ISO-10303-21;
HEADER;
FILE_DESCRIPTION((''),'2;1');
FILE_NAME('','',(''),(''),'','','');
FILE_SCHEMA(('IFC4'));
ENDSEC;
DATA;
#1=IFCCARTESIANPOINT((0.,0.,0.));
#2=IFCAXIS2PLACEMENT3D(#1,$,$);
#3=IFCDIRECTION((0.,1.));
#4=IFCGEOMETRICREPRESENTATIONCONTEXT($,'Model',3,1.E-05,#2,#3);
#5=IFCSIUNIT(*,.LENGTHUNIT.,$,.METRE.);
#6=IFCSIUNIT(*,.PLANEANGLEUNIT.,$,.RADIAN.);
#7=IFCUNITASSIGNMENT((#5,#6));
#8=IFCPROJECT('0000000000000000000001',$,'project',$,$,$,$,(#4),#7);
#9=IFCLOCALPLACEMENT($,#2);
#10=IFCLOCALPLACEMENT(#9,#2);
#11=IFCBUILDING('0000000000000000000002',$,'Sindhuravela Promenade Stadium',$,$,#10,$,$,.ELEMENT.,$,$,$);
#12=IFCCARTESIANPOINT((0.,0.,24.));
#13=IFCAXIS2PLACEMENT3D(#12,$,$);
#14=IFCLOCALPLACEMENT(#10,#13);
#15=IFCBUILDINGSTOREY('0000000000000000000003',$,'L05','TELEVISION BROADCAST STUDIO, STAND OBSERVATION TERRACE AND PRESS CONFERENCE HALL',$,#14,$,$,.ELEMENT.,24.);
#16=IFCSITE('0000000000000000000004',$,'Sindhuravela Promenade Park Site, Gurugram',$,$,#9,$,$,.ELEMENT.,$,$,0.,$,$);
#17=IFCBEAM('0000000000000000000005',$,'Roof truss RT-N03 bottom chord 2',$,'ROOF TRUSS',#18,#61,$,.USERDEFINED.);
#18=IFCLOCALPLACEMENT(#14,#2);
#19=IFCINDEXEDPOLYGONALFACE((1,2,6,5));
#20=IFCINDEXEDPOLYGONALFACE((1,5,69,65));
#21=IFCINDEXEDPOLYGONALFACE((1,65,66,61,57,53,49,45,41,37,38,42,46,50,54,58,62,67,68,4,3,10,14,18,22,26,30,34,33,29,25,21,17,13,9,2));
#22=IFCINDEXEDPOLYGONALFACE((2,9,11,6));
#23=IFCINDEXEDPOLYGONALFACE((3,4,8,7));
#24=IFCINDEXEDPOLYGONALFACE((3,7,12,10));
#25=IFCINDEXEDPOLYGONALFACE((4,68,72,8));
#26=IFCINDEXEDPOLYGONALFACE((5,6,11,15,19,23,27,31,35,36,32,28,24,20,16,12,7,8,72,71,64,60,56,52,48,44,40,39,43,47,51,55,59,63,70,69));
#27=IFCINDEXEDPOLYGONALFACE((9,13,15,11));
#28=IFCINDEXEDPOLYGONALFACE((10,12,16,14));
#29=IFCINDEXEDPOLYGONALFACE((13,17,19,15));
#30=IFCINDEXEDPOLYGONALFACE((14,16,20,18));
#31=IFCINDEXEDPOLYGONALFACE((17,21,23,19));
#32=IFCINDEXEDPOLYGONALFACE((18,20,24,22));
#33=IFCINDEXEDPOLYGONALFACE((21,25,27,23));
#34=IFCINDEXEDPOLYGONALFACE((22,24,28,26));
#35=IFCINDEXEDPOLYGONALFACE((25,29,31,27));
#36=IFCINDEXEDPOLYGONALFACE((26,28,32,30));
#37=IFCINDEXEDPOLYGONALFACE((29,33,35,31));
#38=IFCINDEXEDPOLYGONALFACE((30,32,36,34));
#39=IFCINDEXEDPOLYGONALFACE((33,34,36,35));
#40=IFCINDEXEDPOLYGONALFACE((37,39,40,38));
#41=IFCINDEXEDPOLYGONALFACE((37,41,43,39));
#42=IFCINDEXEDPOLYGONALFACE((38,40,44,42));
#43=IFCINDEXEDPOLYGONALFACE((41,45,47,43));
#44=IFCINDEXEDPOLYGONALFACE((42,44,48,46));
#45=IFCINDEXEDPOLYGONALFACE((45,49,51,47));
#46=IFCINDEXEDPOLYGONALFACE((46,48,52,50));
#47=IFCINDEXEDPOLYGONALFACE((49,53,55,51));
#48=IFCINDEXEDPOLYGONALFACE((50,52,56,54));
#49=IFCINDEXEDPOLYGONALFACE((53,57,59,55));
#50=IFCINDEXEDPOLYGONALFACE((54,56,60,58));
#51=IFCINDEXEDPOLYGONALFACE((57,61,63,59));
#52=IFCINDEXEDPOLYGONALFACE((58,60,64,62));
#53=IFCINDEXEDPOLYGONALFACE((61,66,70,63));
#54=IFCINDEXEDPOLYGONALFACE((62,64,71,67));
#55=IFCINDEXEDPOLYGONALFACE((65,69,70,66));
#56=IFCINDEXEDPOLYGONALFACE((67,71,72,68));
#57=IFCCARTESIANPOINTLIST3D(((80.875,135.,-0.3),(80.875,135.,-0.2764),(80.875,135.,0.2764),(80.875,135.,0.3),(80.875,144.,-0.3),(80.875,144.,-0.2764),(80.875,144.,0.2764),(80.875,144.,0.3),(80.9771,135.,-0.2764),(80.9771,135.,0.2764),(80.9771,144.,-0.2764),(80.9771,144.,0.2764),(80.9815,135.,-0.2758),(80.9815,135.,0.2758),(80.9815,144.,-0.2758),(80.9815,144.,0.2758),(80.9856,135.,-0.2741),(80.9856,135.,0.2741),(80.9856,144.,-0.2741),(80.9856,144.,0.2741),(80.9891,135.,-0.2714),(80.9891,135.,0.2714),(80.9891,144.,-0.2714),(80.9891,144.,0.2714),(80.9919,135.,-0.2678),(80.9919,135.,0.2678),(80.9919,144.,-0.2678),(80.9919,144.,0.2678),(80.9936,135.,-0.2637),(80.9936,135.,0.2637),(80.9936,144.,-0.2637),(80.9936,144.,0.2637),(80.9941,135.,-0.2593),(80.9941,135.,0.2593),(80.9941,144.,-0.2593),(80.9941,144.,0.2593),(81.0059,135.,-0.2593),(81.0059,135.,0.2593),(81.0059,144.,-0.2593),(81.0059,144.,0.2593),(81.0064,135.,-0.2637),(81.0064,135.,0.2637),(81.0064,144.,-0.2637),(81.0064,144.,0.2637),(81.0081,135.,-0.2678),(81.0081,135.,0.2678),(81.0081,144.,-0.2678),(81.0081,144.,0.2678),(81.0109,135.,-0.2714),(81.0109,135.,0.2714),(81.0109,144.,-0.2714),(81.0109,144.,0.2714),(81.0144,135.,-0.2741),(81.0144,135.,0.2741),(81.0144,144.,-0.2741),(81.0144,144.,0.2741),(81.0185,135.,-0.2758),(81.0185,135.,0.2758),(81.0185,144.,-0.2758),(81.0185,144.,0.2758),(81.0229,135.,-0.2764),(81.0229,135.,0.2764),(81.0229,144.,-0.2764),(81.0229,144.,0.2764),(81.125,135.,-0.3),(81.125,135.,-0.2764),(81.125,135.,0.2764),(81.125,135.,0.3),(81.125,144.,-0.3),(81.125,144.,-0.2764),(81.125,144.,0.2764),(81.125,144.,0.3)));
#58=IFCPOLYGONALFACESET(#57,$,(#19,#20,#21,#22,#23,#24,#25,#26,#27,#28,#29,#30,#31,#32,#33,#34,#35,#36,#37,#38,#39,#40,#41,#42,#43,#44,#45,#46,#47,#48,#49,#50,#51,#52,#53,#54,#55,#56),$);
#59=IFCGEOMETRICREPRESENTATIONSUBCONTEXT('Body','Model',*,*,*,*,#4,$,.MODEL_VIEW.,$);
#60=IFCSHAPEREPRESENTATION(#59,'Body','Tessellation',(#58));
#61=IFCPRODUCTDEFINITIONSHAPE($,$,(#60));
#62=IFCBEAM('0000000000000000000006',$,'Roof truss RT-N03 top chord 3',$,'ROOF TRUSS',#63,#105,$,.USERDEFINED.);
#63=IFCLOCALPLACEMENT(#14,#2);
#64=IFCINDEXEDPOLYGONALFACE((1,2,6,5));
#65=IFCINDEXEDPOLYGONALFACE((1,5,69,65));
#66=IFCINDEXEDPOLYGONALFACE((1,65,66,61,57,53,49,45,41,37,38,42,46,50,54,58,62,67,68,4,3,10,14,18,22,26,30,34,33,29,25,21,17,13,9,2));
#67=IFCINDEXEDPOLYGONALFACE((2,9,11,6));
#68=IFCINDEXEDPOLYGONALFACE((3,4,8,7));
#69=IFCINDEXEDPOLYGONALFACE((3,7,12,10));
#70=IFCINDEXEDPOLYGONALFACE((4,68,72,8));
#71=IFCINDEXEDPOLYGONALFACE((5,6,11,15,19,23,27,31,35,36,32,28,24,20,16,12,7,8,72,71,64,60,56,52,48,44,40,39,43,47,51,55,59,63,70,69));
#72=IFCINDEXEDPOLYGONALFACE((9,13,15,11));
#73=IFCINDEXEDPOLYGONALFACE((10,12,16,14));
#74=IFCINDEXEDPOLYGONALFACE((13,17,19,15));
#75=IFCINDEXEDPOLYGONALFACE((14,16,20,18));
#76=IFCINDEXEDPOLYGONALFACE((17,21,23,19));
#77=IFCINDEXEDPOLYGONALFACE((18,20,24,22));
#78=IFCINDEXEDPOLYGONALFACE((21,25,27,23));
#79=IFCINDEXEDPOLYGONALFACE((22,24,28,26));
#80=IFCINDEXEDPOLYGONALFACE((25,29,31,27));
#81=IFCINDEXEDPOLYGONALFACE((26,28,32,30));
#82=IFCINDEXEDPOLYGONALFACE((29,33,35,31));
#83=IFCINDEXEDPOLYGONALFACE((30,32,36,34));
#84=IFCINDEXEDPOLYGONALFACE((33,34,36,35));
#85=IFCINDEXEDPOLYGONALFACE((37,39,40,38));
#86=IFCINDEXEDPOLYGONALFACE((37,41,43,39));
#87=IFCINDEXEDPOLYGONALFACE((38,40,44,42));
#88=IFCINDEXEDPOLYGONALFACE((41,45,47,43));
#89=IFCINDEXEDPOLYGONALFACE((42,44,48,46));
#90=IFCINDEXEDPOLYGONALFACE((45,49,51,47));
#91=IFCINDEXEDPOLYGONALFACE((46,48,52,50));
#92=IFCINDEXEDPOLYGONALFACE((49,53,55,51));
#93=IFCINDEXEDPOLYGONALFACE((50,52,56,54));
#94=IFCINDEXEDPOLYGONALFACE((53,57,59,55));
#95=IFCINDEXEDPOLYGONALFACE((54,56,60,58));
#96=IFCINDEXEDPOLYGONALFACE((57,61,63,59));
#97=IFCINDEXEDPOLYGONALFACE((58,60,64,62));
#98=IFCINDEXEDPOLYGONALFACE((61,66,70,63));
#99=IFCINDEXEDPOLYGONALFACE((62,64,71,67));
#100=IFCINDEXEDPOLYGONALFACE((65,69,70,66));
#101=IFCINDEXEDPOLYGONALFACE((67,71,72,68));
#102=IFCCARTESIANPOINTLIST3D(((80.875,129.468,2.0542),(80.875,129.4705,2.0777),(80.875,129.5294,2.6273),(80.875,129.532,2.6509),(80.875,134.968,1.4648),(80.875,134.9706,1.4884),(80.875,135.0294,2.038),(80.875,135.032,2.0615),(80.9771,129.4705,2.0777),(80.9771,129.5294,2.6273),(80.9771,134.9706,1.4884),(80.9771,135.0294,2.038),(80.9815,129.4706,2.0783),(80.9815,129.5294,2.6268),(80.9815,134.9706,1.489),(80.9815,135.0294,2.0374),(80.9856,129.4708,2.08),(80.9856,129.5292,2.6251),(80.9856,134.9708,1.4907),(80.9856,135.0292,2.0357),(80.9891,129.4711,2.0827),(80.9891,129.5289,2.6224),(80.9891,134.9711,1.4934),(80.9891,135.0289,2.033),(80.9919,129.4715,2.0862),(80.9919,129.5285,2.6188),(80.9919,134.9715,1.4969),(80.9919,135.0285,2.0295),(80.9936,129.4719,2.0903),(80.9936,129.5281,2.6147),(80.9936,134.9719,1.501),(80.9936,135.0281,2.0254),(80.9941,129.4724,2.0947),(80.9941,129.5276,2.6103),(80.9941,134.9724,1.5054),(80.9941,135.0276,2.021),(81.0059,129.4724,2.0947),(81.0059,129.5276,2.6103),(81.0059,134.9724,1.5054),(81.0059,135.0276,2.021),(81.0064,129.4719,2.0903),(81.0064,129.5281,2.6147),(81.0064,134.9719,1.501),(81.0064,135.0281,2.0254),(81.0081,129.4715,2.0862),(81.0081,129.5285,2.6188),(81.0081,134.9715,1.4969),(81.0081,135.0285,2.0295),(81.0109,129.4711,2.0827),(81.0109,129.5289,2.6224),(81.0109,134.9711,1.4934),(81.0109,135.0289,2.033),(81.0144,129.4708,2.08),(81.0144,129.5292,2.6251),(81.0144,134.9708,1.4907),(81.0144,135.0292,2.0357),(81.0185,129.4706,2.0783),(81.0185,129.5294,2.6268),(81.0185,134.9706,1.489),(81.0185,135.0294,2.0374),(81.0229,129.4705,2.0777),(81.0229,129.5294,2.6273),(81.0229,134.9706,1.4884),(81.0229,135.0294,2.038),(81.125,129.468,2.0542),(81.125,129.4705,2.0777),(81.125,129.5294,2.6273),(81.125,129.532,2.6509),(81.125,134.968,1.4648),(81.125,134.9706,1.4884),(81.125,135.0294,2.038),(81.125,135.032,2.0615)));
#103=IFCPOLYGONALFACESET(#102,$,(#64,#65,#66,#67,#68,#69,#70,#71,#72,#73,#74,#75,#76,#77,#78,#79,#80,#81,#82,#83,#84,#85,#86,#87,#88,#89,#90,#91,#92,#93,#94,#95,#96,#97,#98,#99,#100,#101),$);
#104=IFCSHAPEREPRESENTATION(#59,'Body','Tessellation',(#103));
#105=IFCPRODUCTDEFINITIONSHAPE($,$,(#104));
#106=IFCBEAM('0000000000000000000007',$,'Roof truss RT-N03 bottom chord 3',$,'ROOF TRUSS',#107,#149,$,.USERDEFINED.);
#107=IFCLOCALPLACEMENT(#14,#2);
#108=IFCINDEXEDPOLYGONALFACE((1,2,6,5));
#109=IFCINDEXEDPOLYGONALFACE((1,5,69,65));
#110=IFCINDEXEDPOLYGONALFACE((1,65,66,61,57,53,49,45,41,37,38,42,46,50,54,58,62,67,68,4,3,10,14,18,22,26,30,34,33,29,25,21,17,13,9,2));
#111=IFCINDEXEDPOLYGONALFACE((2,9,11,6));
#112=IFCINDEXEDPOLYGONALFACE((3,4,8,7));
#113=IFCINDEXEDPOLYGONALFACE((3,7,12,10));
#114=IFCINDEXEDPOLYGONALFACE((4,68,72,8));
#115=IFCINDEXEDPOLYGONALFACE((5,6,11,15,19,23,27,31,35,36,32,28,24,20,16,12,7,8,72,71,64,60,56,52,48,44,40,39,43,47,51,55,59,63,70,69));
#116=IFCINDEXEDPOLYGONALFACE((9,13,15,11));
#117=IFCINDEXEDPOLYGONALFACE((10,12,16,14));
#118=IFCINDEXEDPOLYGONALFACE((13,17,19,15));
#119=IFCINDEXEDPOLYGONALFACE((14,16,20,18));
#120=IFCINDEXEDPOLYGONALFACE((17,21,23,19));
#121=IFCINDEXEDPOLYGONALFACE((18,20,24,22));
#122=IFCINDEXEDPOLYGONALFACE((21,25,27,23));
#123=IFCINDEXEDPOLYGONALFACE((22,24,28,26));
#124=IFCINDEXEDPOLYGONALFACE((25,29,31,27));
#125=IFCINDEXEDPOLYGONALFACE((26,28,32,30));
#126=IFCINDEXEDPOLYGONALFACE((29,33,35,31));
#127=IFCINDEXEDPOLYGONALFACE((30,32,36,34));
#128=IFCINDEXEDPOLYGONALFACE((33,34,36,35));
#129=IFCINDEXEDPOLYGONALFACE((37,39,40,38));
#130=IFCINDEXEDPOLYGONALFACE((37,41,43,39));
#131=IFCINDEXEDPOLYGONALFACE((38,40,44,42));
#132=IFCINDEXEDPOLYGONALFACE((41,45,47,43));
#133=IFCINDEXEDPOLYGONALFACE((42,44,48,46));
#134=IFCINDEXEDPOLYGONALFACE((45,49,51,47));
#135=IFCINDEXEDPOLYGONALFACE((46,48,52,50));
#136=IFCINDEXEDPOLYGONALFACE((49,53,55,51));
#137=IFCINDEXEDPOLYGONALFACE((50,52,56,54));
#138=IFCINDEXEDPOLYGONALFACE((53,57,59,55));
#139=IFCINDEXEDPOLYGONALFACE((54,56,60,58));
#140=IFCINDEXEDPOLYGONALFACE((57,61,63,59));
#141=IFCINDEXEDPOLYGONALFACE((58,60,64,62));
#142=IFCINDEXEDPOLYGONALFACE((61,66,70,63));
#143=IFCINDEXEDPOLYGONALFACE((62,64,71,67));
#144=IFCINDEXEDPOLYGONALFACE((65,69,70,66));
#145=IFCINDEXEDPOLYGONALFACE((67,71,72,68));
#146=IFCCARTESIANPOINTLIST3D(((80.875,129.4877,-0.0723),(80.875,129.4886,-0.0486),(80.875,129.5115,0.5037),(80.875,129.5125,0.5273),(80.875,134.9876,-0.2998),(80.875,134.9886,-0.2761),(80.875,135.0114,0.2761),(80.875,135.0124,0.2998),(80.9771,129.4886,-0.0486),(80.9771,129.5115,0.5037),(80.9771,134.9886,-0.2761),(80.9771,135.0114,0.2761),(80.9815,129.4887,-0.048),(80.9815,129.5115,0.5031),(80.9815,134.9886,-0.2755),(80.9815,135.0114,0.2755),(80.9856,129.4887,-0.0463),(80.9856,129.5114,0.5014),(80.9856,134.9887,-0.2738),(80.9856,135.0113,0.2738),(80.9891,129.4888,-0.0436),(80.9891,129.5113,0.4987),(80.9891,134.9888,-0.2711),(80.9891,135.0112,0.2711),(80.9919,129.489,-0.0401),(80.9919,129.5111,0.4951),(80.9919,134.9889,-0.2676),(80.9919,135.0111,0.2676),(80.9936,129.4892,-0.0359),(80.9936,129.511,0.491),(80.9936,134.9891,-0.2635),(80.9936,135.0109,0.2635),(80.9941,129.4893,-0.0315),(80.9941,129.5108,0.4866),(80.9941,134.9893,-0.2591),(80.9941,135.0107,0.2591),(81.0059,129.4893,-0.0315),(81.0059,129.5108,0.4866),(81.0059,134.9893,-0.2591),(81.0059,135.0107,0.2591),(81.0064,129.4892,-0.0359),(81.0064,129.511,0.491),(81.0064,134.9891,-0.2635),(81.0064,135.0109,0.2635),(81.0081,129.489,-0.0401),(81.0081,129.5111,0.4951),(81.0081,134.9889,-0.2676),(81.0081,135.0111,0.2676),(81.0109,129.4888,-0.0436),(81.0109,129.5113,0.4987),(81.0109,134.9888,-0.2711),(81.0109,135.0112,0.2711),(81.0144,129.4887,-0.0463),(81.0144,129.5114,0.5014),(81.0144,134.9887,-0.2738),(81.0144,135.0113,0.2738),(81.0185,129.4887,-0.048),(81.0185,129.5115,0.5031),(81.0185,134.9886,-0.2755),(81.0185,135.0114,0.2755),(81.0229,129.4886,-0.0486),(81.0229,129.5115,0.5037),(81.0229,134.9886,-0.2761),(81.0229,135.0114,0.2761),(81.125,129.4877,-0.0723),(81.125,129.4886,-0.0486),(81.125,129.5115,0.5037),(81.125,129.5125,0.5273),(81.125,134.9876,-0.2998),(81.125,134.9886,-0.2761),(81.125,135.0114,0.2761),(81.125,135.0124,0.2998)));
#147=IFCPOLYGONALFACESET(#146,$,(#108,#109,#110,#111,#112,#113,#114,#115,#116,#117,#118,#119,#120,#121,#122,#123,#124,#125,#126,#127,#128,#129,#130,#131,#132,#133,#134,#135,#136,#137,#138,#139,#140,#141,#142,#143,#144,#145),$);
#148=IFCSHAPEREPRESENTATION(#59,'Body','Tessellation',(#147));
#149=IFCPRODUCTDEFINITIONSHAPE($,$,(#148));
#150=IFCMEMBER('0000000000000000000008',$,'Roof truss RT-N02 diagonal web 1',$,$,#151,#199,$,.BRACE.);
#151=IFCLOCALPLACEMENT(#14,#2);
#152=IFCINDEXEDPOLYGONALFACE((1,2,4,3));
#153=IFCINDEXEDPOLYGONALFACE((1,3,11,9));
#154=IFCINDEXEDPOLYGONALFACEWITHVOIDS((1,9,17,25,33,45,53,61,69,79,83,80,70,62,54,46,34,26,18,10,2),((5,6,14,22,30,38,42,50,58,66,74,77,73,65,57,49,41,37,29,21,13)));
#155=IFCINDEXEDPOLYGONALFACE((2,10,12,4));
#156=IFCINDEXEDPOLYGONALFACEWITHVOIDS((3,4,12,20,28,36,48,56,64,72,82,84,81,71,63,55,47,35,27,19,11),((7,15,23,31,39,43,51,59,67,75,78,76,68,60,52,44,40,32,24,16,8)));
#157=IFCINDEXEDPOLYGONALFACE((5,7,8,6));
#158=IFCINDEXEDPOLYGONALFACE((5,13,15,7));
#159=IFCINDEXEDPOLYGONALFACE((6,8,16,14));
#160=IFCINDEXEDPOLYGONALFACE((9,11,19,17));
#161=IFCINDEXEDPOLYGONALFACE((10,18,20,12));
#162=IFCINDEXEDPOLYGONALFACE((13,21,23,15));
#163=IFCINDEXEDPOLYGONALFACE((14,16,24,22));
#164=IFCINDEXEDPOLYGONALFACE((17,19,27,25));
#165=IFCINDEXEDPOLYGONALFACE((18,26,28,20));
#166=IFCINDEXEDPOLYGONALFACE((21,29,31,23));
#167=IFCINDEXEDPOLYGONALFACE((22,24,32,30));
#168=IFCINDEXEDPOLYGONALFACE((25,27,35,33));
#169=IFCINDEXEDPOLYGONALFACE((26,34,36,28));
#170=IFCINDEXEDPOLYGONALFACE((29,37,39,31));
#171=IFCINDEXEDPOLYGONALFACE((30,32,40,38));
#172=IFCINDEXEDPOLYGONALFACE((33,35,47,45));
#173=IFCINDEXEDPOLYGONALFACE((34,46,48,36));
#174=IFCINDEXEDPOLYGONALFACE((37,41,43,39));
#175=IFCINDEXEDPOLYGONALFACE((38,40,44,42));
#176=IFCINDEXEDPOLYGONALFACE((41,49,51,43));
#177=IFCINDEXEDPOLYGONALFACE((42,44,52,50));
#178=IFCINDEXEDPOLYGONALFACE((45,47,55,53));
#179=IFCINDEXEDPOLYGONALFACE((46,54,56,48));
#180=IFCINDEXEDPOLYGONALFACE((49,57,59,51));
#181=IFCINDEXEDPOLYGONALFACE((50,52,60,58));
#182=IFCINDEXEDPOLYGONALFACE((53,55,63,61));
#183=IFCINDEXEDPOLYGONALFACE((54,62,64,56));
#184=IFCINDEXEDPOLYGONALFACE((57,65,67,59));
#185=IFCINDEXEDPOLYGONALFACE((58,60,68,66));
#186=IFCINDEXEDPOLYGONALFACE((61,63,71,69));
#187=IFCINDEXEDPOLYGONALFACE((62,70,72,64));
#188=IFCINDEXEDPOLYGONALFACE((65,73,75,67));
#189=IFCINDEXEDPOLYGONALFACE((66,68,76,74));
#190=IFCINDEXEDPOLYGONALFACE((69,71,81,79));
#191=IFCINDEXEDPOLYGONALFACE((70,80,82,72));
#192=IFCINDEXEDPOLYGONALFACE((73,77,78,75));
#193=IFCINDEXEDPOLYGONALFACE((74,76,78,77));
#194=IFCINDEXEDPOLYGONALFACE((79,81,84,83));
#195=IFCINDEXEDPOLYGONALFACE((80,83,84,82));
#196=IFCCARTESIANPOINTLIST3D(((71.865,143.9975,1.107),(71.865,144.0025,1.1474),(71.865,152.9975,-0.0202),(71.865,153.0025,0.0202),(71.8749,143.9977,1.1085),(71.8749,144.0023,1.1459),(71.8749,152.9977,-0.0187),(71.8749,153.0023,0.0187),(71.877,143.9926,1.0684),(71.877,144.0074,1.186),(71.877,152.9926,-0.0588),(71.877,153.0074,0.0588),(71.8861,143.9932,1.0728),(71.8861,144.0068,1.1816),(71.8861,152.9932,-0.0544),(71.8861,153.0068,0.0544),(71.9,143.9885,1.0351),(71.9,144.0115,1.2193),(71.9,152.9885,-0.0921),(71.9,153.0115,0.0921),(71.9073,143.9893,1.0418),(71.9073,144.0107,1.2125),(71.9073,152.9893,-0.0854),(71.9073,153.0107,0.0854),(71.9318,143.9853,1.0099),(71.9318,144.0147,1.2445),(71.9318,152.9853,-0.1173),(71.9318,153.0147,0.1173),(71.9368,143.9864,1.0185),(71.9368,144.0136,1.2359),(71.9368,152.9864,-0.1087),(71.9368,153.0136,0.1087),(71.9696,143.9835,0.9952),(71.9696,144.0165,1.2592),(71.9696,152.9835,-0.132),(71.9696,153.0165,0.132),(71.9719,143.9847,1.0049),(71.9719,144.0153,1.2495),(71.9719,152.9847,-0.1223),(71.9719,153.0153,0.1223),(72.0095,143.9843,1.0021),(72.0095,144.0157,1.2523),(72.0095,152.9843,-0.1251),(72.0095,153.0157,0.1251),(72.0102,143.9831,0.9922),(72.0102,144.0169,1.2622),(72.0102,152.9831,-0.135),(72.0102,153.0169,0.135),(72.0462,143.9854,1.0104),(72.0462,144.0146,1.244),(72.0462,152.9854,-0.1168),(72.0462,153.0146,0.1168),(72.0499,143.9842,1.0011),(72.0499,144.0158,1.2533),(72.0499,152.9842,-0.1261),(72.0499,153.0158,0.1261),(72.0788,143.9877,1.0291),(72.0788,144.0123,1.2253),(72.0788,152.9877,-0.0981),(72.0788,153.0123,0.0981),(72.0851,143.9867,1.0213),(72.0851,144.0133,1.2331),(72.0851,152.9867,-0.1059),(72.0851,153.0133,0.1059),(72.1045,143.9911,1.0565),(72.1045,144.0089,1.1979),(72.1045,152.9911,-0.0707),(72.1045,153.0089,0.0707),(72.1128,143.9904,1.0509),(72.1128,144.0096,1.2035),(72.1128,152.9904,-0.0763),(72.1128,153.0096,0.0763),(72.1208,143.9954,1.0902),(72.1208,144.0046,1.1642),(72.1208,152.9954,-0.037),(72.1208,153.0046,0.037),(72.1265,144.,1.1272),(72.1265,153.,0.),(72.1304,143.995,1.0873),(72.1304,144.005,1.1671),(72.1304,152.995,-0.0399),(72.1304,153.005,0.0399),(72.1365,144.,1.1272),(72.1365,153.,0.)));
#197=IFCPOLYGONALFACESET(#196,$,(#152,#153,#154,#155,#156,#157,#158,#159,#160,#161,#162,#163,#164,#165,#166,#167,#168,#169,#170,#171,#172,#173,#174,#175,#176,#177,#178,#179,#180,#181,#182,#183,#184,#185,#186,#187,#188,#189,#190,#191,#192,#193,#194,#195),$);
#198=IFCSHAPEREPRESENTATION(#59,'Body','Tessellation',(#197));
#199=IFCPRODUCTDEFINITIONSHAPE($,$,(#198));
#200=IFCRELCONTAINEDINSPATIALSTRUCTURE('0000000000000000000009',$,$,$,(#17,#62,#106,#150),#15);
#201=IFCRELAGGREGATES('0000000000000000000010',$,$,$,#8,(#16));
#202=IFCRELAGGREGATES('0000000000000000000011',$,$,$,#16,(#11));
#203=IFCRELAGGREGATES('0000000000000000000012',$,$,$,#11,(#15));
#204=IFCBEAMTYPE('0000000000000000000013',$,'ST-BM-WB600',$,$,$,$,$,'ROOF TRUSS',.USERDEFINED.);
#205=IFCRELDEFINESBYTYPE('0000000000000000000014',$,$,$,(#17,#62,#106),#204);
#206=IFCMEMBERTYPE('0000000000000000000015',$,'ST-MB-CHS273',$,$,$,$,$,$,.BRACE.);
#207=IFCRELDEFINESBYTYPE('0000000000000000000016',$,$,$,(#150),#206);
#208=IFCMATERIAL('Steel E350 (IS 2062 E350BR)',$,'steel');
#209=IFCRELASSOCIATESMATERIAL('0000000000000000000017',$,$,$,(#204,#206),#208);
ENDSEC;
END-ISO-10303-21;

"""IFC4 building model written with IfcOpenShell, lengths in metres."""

from ifc_helpers import new_model, si_unit, direction, frame, origin, origin_2d, place, context, subcontext, project, spatial, hollow_circle, i_section, extrude, material, material_profile, profile_set, type_object, element, save


model = new_model("IFC4")

# Units and contexts
model_context = context("Model", 3, precision=1e-05, world=origin(), true_north=direction((0.0, 1.0)))
body_context = subcontext(model_context, "Body", "Model", "MODEL_VIEW")
ifc_project = project(units=[si_unit("LENGTHUNIT", "METRE"), si_unit("PLANEANGLEUNIT", "RADIAN")], contexts=[model_context])

# Site, building, storey
site_placement = place(None, origin())
site = spatial("IfcSite", under=ifc_project, at=site_placement, Name="Sindhuravela Promenade Park Site, Gurugram", CompositionType="ELEMENT", RefElevation=0.0)
building_placement = place(site_placement, origin())
building = spatial("IfcBuilding", under=site, at=building_placement, Name="Sindhuravela Promenade Stadium", CompositionType="ELEMENT")
storey_placement = place(building_placement, frame((0.0, 0.0, 24.0)))
storey = spatial("IfcBuildingStorey", under=building, at=storey_placement, Name="L05", Description="TELEVISION BROADCAST STUDIO, STAND OBSERVATION TERRACE AND PRESS CONFERENCE HALL", CompositionType="ELEMENT", Elevation=24.0)

# Beams
ifc_material_1 = material(Name="Steel E350 (IS 2062 E350BR)", Category="steel")
ifc_material_profile_1 = material_profile(ifc_material_1, i_section(OverallWidth=0.25, OverallDepth=0.6001, WebThickness=0.0117, FlangeThickness=0.0237, FilletRadius=0.0171, at=origin_2d()), Name="ISWB 600")
ifc_profile_set_1 = profile_set([ifc_material_profile_1], Name="Steel E350 (IS 2062 E350BR)")
beam_type = type_object("IfcBeamType", Name="ST-BM-WB600", ElementType="ROOF TRUSS", PredefinedType="USERDEFINED", material=ifc_profile_set_1)
beam_1_placement = place(storey_placement, frame((81.0, 144.0, 0.0), z_axis=(0.0, -1.0, 0.0), x_axis=(1.0, 0.0, 0.0)))
element("IfcBeam", 1, at=beam_1_placement, inside=storey, type_object=beam_type, Name="Roof truss RT-N03 bottom chord 2", ObjectType="ROOF TRUSS", PredefinedType="USERDEFINED", context=body_context, shape_type="SweptSolid", body=[
    extrude(i_section(OverallWidth=0.25, OverallDepth=0.6001, WebThickness=0.0117, FlangeThickness=0.0237, FilletRadius=0.0171, at=origin_2d()), origin(), (0.0, 0.0, 1.0), 9.0),
])
beam_2_placement = place(storey_placement, frame((81.0, 135.0, 1.7632), z_axis=(0.0, -0.994308, 0.106546), x_axis=(1.0, 0.0, 0.0)))
element("IfcBeam", 2, at=beam_2_placement, inside=storey, type_object=beam_type, Name="Roof truss RT-N03 top chord 3", ObjectType="ROOF TRUSS", PredefinedType="USERDEFINED", context=body_context, shape_type="SweptSolid", body=[
    extrude(i_section(OverallWidth=0.25, OverallDepth=0.6001, WebThickness=0.0117, FlangeThickness=0.0237, FilletRadius=0.0171, at=origin_2d()), origin(), (0.0, 0.0, 1.0), 5.5315),
])
beam_3_placement = place(storey_placement, frame((81.0, 135.0, 0.0), z_axis=(0.0, -0.999145, 0.041335), x_axis=(1.0, 0.0, 0.0)))
element("IfcBeam", 3, at=beam_3_placement, inside=storey, type_object=beam_type, Name="Roof truss RT-N03 bottom chord 3", ObjectType="ROOF TRUSS", PredefinedType="USERDEFINED", context=body_context, shape_type="SweptSolid", body=[
    extrude(i_section(OverallWidth=0.25, OverallDepth=0.6001, WebThickness=0.0117, FlangeThickness=0.0237, FilletRadius=0.0171, at=origin_2d()), origin(), (0.0, 0.0, 1.0), 5.5046),
])

# Member
ifc_material_profile_2 = material_profile(ifc_material_1, hollow_circle(Radius=0.1365, WallThickness=0.01, at=origin_2d()), Name="CHS 273.0x10")
ifc_profile_set_2 = profile_set([ifc_material_profile_2], Name="Steel E350 (IS 2062 E350BR)")
member_type_1 = type_object("IfcMemberType", Name="ST-MB-CHS273", PredefinedType="BRACE", material=ifc_profile_set_2)
for number, where, z_axis, x_axis, name in (
    (4, (72.0, 153.0, 0.0), (0.0, -0.992248, 0.124273), (1.0, 0.0, 0.0), "Roof truss RT-N02 diagonal web 1"),
):
    element("IfcMember", number, at=place(storey_placement, frame(where, z_axis=z_axis, x_axis=x_axis)), inside=storey, type_object=member_type_1, Name=name, PredefinedType="BRACE", context=body_context, shape_type="SweptSolid", body=[
        extrude(hollow_circle(Radius=0.1365, WallThickness=0.01, at=origin_2d()), origin(), (0.0, 0.0, 1.0), 9.0703),
    ])

save(model, "model.ifc")
